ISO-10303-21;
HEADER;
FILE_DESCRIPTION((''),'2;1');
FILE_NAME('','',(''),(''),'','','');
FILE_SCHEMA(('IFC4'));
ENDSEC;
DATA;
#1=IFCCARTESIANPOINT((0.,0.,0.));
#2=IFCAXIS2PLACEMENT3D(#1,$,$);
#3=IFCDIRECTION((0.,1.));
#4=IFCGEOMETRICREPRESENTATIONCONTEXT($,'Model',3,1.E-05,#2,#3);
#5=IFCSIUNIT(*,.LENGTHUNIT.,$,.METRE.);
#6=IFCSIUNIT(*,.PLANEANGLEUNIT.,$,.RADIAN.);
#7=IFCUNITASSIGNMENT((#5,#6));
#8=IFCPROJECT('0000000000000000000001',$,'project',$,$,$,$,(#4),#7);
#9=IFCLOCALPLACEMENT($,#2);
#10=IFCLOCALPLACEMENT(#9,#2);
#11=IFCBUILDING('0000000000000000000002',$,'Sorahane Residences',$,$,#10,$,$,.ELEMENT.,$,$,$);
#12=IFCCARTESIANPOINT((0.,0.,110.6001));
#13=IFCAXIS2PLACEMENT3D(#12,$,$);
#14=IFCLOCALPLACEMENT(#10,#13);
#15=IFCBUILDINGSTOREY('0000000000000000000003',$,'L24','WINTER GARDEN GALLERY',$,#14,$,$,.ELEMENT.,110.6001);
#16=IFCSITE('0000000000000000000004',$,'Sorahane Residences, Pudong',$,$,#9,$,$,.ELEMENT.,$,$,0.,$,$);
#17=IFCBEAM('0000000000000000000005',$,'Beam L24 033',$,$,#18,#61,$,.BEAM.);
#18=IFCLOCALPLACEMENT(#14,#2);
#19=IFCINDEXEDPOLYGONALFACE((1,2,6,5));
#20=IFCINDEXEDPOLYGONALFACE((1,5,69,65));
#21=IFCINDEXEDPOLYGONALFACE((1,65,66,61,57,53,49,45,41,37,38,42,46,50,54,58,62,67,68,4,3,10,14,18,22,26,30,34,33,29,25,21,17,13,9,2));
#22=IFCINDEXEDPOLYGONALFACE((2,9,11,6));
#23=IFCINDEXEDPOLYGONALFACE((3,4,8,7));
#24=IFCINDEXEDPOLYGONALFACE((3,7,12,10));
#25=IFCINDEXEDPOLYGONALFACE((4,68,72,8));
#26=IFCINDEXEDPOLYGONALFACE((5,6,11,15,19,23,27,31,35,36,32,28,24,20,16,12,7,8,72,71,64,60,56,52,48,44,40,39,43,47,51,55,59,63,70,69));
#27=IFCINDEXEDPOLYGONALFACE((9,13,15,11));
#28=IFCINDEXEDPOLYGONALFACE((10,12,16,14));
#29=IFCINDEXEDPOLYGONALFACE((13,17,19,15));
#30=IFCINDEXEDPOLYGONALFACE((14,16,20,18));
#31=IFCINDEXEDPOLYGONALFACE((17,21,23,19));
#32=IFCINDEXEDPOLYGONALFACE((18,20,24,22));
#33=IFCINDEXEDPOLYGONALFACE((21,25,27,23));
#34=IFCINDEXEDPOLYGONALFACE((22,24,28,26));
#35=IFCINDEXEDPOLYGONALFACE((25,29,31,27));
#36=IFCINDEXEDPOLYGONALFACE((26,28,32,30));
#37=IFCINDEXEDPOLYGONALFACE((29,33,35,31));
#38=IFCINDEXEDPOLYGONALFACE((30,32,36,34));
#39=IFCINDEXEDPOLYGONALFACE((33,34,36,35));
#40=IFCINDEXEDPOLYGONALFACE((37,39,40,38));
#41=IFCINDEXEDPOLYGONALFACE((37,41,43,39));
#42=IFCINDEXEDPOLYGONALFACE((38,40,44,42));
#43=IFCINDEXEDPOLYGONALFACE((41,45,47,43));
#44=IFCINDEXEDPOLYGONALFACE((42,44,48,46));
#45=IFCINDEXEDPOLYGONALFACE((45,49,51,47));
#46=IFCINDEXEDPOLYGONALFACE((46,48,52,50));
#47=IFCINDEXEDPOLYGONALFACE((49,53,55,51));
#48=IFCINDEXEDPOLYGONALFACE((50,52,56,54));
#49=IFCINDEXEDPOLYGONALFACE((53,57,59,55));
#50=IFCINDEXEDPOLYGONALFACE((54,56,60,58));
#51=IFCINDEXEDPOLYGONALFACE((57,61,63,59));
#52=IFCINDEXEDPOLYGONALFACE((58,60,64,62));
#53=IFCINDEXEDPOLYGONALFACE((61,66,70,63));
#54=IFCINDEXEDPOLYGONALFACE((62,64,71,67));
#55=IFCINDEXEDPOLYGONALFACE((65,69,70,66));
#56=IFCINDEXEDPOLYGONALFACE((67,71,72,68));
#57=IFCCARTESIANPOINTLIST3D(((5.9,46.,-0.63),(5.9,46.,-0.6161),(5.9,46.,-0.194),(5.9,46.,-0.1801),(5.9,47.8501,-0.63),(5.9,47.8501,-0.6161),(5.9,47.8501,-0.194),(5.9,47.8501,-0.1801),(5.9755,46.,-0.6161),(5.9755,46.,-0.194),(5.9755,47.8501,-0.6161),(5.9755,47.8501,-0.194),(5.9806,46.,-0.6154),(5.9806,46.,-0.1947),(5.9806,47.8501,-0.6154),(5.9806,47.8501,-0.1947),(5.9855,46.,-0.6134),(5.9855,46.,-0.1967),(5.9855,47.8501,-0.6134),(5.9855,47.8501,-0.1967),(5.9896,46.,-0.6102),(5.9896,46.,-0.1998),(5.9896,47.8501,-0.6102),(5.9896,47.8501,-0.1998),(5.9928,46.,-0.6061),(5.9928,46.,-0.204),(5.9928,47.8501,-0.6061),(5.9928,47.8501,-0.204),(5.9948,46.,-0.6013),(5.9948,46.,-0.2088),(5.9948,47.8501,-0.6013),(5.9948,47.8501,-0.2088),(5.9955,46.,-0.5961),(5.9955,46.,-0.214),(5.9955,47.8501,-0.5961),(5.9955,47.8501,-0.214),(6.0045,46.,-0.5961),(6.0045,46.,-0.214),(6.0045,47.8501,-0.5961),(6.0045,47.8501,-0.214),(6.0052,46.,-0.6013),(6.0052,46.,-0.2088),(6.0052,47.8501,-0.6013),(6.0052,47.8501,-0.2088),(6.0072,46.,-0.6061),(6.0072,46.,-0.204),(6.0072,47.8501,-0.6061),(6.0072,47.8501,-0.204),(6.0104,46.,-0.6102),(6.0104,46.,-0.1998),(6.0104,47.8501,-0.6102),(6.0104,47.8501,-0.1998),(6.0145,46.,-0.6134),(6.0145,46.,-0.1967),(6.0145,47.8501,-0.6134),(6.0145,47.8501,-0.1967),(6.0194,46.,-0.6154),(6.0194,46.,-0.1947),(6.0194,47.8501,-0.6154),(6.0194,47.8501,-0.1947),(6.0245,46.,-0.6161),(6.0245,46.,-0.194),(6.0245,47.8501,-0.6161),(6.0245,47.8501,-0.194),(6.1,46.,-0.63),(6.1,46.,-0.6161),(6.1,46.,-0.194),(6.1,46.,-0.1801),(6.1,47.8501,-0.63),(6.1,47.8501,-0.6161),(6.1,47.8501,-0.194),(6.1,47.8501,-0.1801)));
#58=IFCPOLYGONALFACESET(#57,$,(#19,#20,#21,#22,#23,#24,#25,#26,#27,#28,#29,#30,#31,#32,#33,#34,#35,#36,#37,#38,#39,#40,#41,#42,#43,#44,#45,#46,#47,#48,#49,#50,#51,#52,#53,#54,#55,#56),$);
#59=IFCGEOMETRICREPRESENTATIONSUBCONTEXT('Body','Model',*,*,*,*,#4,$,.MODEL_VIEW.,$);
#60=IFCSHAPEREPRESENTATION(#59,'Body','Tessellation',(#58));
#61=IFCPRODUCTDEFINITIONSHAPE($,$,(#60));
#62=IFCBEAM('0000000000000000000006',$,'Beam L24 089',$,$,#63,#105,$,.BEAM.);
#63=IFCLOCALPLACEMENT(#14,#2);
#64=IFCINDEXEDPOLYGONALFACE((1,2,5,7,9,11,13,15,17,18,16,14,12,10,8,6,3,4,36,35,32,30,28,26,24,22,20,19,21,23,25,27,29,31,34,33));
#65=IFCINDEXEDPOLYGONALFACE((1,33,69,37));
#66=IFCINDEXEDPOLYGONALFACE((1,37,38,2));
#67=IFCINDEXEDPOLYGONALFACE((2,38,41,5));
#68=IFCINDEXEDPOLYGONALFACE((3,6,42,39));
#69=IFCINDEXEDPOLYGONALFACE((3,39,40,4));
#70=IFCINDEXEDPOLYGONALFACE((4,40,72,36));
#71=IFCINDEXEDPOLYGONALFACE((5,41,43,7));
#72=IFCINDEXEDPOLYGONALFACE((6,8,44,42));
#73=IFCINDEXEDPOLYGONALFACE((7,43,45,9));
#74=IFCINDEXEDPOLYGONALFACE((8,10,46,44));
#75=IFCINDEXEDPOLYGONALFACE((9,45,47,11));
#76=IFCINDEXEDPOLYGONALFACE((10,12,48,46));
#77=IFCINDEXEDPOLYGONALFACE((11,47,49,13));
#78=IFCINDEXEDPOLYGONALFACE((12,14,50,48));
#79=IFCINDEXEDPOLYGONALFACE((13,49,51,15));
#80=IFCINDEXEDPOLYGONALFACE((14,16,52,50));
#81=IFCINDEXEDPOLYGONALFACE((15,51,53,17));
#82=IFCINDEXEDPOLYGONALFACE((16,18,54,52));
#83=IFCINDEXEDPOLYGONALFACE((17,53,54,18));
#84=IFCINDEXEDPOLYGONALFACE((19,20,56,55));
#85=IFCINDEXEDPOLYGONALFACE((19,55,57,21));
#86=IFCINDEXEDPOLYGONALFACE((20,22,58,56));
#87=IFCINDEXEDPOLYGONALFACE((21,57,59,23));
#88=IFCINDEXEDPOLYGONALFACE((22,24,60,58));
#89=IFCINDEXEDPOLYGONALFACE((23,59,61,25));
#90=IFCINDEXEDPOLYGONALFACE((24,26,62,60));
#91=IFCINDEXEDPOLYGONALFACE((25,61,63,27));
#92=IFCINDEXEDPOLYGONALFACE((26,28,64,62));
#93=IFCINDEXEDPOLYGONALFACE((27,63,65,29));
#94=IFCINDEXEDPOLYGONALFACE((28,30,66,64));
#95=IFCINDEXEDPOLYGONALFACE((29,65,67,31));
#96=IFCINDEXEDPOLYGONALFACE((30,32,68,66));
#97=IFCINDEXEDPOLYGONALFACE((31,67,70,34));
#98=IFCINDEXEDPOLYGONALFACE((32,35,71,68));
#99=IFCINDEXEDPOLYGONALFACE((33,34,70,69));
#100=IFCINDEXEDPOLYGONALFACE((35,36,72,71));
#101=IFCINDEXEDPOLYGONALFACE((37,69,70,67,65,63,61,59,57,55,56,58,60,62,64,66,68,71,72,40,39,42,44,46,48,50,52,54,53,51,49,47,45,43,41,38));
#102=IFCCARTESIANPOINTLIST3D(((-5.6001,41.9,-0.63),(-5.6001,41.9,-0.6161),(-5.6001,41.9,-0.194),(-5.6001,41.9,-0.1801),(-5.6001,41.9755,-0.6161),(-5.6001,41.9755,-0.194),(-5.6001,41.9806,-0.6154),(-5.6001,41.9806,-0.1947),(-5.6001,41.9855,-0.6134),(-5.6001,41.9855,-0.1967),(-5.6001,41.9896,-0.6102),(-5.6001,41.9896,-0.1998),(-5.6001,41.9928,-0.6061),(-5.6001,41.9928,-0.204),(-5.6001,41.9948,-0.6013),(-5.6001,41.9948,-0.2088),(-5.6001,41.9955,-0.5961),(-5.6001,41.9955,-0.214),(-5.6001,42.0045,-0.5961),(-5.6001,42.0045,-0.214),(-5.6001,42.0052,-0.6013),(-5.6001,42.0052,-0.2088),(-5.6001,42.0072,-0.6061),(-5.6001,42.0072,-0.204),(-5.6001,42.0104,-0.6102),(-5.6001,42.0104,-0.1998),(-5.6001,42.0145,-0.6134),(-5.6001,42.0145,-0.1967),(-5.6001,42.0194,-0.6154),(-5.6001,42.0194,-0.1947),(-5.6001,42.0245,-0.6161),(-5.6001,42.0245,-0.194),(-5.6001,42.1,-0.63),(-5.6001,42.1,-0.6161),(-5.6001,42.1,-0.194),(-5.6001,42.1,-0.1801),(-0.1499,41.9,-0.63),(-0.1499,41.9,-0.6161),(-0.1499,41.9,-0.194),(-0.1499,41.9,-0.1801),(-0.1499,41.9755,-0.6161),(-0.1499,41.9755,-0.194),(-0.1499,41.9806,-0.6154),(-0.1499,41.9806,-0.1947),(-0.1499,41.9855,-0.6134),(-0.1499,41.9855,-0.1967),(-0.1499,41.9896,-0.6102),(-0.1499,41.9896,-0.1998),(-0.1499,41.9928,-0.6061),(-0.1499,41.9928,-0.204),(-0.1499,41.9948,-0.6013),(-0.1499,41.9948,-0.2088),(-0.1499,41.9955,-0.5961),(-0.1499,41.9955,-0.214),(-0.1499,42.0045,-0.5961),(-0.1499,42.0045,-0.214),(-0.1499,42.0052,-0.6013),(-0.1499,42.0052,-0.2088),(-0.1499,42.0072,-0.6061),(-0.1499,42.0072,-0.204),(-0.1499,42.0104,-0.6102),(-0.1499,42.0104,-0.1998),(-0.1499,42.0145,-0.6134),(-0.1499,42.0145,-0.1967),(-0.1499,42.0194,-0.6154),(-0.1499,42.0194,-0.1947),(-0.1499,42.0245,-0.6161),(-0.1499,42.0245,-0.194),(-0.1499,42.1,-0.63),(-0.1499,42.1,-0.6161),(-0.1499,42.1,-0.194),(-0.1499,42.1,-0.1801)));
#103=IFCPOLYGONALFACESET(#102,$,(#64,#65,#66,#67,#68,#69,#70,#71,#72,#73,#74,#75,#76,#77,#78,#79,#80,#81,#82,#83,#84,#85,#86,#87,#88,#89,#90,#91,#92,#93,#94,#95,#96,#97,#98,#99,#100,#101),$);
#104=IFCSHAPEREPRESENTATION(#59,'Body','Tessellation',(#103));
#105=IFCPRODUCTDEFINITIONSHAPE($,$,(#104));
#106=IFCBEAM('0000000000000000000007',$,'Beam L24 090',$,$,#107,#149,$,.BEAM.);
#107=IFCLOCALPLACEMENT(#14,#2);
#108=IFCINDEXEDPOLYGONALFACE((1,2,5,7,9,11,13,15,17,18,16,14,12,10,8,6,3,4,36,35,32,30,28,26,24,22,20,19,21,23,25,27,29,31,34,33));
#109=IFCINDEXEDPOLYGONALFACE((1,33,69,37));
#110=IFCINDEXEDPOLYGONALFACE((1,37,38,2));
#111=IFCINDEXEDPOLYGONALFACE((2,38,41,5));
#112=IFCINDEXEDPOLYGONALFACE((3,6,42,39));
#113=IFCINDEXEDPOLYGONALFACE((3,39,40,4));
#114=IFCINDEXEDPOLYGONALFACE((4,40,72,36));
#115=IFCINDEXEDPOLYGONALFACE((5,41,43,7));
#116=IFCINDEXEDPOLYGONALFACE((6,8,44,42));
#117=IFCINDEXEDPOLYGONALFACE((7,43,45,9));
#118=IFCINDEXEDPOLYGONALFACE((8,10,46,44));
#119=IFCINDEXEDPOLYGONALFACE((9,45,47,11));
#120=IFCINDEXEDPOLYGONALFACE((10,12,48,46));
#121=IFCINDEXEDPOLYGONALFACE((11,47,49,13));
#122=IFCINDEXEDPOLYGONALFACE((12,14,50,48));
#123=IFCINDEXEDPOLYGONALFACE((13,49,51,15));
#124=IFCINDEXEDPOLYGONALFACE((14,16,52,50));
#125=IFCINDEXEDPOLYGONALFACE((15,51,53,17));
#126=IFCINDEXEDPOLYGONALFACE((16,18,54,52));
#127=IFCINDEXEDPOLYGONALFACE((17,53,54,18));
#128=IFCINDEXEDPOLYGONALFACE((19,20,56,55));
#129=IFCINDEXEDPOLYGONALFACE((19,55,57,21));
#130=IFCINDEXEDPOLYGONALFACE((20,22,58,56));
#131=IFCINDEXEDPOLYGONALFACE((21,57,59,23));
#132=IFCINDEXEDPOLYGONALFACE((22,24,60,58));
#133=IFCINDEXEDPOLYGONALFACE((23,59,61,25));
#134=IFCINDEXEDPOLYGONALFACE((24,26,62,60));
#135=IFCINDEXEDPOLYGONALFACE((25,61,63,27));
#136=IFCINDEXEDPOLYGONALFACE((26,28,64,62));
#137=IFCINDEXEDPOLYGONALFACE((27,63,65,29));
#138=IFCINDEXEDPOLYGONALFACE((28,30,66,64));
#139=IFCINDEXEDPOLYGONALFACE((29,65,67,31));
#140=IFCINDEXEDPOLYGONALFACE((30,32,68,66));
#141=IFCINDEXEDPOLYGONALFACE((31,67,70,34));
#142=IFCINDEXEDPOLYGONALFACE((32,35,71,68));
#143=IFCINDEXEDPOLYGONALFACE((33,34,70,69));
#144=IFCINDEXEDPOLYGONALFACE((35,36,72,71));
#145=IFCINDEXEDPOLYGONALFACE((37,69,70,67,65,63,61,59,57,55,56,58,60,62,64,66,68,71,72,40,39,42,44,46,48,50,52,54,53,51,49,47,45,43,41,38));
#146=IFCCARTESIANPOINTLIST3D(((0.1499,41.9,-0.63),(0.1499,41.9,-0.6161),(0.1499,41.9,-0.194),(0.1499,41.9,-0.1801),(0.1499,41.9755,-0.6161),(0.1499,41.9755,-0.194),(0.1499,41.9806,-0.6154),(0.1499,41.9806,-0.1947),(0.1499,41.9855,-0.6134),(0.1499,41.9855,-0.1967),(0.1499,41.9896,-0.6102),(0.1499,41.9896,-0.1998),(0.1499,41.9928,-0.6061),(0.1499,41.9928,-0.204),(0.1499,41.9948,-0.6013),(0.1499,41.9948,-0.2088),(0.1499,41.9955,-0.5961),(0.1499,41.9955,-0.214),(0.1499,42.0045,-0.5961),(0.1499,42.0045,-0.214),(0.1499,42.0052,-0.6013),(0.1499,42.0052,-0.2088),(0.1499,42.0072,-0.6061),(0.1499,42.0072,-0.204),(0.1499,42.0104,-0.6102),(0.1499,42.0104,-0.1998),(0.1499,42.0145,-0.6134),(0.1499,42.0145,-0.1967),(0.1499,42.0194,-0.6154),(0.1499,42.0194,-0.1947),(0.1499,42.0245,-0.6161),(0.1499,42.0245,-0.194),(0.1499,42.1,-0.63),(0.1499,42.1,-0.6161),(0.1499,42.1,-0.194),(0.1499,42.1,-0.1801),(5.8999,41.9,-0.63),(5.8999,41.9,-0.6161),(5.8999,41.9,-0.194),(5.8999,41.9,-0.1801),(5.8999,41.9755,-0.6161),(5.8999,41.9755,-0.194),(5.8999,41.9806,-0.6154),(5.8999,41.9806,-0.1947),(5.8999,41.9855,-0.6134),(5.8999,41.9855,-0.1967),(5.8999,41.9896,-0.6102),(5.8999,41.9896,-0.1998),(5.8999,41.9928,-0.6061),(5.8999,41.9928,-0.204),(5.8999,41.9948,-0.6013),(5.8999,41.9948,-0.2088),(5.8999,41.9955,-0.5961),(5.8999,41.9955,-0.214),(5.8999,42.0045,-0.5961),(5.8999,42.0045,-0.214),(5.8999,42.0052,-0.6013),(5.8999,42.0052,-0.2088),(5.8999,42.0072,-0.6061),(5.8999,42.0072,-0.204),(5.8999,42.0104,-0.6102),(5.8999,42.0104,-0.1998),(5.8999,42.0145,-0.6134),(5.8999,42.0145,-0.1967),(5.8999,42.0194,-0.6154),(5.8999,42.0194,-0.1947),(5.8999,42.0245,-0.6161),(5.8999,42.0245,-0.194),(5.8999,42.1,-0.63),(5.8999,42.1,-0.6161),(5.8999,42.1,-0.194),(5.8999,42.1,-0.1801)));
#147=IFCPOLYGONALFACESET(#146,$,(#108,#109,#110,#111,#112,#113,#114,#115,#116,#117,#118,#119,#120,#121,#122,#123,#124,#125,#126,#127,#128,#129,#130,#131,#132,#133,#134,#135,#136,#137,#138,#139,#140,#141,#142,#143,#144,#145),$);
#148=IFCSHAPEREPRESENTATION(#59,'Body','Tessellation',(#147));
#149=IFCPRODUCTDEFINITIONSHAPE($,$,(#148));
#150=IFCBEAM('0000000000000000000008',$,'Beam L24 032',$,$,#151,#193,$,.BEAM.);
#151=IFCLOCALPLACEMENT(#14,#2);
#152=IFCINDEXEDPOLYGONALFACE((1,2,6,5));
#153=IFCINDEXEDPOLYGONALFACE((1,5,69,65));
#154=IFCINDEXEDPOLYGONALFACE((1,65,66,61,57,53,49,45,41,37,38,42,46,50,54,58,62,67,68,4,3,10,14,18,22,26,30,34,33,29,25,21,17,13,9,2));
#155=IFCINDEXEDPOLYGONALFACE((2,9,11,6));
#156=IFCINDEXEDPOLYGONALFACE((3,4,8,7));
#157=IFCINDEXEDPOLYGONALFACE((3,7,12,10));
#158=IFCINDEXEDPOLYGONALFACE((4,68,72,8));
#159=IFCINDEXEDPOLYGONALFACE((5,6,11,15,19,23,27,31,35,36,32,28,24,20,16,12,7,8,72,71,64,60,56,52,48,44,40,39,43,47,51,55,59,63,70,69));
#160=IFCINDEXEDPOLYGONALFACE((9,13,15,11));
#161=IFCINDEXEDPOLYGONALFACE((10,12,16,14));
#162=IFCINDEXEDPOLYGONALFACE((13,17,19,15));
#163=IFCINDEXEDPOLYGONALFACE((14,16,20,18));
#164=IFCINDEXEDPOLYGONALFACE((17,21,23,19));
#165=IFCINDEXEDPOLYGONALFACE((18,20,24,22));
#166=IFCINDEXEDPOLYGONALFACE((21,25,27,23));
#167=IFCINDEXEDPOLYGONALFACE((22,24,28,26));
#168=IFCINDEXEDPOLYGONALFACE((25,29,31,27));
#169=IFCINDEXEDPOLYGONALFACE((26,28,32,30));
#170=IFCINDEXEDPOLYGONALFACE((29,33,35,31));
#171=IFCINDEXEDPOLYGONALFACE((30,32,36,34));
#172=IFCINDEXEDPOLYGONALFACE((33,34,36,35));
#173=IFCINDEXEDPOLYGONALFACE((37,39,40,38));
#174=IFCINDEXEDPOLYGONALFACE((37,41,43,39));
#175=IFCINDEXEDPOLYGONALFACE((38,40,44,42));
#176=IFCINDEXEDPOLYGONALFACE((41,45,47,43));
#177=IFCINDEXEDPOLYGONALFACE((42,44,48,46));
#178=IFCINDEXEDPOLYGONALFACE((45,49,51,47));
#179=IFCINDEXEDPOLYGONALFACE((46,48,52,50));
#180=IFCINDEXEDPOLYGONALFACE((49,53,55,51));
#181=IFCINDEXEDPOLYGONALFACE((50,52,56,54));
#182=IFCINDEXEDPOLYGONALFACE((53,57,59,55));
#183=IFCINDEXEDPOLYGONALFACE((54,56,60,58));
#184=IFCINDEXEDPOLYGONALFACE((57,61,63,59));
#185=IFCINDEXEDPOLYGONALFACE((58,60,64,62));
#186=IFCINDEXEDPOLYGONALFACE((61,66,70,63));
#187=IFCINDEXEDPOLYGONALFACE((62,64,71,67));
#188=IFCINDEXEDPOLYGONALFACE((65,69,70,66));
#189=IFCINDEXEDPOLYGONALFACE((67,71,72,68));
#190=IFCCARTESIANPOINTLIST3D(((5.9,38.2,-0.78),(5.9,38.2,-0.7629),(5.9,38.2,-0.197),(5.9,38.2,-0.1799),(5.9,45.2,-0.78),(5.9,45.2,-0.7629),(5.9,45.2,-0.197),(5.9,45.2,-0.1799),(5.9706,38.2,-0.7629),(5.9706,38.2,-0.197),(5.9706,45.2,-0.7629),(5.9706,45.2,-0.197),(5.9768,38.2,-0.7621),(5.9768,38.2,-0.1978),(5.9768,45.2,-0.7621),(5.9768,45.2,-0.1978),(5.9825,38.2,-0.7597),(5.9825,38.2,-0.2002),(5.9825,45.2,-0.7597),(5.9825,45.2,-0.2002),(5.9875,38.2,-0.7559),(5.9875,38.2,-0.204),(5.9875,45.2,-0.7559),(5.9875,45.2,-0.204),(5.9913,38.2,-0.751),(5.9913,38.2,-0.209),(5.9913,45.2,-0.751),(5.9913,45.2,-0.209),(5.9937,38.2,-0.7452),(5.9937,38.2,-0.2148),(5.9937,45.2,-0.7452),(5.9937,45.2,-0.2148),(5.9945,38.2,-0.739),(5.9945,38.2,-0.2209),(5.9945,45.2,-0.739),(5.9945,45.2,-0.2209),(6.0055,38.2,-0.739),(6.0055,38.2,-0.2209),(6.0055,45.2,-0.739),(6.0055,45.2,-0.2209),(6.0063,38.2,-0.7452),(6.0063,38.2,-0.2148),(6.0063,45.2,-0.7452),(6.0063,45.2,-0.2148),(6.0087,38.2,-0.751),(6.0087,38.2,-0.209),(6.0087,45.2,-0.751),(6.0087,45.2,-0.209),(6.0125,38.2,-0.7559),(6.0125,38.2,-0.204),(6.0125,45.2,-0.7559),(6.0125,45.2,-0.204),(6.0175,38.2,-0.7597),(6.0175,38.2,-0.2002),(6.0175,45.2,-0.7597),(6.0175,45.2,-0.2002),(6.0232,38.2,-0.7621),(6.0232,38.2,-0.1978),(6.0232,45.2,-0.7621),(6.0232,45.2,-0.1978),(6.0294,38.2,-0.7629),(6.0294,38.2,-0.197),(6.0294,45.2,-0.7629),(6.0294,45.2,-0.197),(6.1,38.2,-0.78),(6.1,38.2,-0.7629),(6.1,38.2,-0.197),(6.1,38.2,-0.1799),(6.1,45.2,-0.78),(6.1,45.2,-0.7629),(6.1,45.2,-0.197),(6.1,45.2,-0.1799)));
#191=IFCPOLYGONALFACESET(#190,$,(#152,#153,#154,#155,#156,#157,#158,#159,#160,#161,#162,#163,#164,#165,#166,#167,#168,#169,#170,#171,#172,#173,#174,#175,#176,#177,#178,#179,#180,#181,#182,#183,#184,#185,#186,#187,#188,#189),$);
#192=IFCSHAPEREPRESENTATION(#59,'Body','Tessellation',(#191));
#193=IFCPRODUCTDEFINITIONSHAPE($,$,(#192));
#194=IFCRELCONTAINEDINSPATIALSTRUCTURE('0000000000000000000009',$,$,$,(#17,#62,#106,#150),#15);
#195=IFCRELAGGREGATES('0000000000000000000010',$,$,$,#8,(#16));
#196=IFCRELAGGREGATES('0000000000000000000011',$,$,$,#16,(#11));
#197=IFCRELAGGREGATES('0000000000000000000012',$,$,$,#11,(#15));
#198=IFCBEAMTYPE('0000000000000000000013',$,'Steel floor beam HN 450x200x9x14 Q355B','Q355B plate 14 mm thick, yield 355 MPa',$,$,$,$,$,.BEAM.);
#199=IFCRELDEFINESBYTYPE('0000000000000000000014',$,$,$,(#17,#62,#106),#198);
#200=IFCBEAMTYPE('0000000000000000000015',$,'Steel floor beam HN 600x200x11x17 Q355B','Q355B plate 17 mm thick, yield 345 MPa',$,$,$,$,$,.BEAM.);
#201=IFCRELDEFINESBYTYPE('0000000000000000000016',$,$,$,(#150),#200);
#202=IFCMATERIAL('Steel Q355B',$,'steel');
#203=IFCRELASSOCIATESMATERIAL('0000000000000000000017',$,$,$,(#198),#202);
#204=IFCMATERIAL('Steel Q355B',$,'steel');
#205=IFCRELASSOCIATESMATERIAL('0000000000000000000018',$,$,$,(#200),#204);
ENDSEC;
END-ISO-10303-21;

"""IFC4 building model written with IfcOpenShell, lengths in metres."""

from ifc_helpers import new_model, si_unit, direction, frame, origin, origin_2d, place, context, subcontext, project, spatial, i_section, extrude, material, material_profile, profile_set, type_object, element, save


model = new_model("IFC4")

# Units and contexts
model_context = context("Model", 3, precision=1e-05, world=origin(), true_north=direction((0.0, 1.0)))
body_context = subcontext(model_context, "Body", "Model", "MODEL_VIEW")
ifc_project = project(units=[si_unit("LENGTHUNIT", "METRE"), si_unit("PLANEANGLEUNIT", "RADIAN")], contexts=[model_context])

# Site, building, storey
site_placement = place(None, origin())
site = spatial("IfcSite", under=ifc_project, at=site_placement, Name="Sorahane Residences, Pudong", CompositionType="ELEMENT", RefElevation=0.0)
building_placement = place(site_placement, origin())
building = spatial("IfcBuilding", under=site, at=building_placement, Name="Sorahane Residences", CompositionType="ELEMENT")
storey_placement = place(building_placement, frame((0.0, 0.0, 110.6001)))
storey = spatial("IfcBuildingStorey", under=building, at=storey_placement, Name="L24", Description="WINTER GARDEN GALLERY", CompositionType="ELEMENT", Elevation=110.6001)

# Beams
ifc_material_1 = material(Name="Steel Q355B", Category="steel")
ifc_material_profile_1 = material_profile(ifc_material_1, i_section(OverallWidth=0.2, OverallDepth=0.45, WebThickness=0.009, FlangeThickness=0.0139, FilletRadius=0.02, at=origin_2d()), Name="HN 450x200x9x14")
ifc_profile_set_1 = profile_set([ifc_material_profile_1], Name="Steel Q355B")
beam_type_1 = type_object("IfcBeamType", Name="Steel floor beam HN 450x200x9x14 Q355B", Description="Q355B plate 14 mm thick, yield 355 MPa", PredefinedType="BEAM", material=ifc_profile_set_1)
beam_1_placement = place(storey_placement, frame((6.0, 46.0, -0.405), z_axis=(0.0, 1.0, 0.0), x_axis=(-1.0, 0.0, 0.0)))
element("IfcBeam", 1, at=beam_1_placement, inside=storey, type_object=beam_type_1, Name="Beam L24 033", PredefinedType="BEAM", context=body_context, shape_type="SweptSolid", body=[
    extrude(i_section(OverallWidth=0.2, OverallDepth=0.45, WebThickness=0.009, FlangeThickness=0.0139, FilletRadius=0.02, at=origin_2d()), origin(), (0.0, 0.0, 1.0), 1.8501),
])
beam_2_placement = place(storey_placement, frame((-5.6001, 42.0, -0.405), z_axis=(1.0, 0.0, 0.0), x_axis=(0.0, 1.0, 0.0)))
element("IfcBeam", 2, at=beam_2_placement, inside=storey, type_object=beam_type_1, Name="Beam L24 089", PredefinedType="BEAM", context=body_context, shape_type="SweptSolid", body=[
    extrude(i_section(OverallWidth=0.2, OverallDepth=0.45, WebThickness=0.009, FlangeThickness=0.0139, FilletRadius=0.02, at=origin_2d()), origin(), (0.0, 0.0, 1.0), 5.4502),
])
beam_3_placement = place(storey_placement, frame((0.1499, 42.0, -0.405), z_axis=(1.0, 0.0, 0.0), x_axis=(0.0, 1.0, 0.0)))
element("IfcBeam", 3, at=beam_3_placement, inside=storey, type_object=beam_type_1, Name="Beam L24 090", PredefinedType="BEAM", context=body_context, shape_type="SweptSolid", body=[
    extrude(i_section(OverallWidth=0.2, OverallDepth=0.45, WebThickness=0.009, FlangeThickness=0.0139, FilletRadius=0.02, at=origin_2d()), origin(), (0.0, 0.0, 1.0), 5.75),
])
ifc_material_2 = material(Name="Steel Q355B", Category="steel")
ifc_material_profile_2 = material_profile(ifc_material_2, i_section(OverallWidth=0.2, OverallDepth=0.6001, WebThickness=0.011, FlangeThickness=0.0171, FilletRadius=0.0239, at=origin_2d()), Name="HN 600x200x11x17")
ifc_profile_set_2 = profile_set([ifc_material_profile_2], Name="Steel Q355B")
beam_type_2 = type_object("IfcBeamType", Name="Steel floor beam HN 600x200x11x17 Q355B", Description="Q355B plate 17 mm thick, yield 345 MPa", PredefinedType="BEAM", material=ifc_profile_set_2)
beam_4_placement = place(storey_placement, frame((6.0, 38.2, -0.48), z_axis=(0.0, 1.0, 0.0), x_axis=(-1.0, 0.0, 0.0)))
element("IfcBeam", 4, at=beam_4_placement, inside=storey, type_object=beam_type_2, Name="Beam L24 032", PredefinedType="BEAM", context=body_context, shape_type="SweptSolid", body=[
    extrude(i_section(OverallWidth=0.2, OverallDepth=0.6001, WebThickness=0.011, FlangeThickness=0.0171, FilletRadius=0.0239, at=origin_2d()), origin(), (0.0, 0.0, 1.0), 7.0),
])

save(model, "model.ifc")
